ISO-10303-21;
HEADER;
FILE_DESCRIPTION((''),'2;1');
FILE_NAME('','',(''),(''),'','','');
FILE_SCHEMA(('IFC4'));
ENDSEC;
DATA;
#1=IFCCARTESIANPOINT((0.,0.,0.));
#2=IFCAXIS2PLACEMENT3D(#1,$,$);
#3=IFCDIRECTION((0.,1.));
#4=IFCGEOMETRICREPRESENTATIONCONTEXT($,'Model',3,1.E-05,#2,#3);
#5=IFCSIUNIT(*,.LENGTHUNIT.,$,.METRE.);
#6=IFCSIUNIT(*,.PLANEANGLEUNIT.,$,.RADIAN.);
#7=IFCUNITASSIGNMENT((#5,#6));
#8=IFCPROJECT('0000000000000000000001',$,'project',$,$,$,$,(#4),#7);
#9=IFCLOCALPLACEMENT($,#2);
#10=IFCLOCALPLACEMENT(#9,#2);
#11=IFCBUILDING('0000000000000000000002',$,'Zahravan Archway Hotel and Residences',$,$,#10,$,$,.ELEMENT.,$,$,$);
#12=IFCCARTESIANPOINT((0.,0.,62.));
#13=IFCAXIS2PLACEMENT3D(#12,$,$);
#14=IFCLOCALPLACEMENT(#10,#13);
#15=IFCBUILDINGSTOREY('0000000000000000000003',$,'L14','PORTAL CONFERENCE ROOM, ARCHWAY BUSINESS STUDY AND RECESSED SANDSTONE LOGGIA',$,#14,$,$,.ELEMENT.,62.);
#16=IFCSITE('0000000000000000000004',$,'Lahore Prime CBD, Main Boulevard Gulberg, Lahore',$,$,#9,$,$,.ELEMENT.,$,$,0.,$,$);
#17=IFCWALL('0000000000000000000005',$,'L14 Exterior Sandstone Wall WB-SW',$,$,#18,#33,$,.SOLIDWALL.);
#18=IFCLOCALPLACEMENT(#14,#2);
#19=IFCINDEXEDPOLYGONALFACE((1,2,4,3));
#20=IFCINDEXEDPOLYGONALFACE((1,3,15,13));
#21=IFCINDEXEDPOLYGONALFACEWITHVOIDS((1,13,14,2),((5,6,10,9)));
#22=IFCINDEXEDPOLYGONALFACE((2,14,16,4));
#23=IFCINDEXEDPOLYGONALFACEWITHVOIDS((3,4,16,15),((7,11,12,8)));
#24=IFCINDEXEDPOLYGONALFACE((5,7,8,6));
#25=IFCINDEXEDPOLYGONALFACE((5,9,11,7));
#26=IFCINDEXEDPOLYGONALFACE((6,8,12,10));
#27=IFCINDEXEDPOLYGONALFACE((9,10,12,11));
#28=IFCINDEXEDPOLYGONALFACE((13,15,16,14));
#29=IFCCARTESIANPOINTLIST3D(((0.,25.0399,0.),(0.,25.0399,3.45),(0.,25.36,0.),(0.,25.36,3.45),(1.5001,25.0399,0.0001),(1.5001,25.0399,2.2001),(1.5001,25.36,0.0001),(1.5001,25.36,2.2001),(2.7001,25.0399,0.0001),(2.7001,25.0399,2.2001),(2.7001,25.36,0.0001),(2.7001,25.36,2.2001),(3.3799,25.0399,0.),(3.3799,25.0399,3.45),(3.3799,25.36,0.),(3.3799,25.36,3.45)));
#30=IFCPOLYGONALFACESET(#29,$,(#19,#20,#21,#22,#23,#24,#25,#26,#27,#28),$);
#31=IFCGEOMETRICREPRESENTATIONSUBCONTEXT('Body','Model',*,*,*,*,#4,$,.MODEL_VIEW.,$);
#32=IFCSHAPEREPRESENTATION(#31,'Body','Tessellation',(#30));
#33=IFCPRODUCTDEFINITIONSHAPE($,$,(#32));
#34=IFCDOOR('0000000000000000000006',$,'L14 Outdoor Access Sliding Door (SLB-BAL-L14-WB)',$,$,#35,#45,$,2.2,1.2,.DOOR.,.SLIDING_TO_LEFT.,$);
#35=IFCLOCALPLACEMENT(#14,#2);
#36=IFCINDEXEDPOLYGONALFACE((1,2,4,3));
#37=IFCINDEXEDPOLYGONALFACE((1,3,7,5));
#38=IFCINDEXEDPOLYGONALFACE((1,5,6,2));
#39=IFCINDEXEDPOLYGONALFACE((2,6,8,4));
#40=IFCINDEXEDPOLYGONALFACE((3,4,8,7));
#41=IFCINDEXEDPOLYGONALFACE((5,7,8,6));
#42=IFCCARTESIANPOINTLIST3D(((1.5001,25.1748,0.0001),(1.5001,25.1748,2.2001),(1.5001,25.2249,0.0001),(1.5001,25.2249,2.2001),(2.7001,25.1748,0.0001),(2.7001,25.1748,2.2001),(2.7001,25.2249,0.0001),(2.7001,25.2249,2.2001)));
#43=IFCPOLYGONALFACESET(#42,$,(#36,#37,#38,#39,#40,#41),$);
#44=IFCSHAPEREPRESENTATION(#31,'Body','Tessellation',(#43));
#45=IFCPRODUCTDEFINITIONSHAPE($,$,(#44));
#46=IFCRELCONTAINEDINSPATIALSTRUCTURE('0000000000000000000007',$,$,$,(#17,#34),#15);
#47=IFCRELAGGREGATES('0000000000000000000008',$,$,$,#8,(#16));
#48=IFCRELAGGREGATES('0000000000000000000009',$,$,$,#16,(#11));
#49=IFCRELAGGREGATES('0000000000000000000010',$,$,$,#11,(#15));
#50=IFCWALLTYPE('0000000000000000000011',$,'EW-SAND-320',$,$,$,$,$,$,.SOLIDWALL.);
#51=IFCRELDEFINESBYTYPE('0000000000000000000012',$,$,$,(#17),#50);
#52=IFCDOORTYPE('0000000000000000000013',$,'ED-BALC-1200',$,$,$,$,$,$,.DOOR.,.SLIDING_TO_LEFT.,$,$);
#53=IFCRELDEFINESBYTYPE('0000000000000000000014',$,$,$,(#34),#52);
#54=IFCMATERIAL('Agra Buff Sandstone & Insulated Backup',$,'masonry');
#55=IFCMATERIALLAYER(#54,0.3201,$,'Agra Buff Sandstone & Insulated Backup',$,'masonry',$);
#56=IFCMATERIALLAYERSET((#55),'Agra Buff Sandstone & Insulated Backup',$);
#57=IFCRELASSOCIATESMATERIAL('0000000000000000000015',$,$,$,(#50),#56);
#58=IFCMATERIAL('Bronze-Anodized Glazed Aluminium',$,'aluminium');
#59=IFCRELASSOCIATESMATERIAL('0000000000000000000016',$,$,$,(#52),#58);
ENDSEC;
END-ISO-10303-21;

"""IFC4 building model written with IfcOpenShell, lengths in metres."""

from ifc_helpers import new_model, si_unit, direction, frame, frame_2d, origin, place, context, subcontext, project, spatial, rectangle, extrude, source, transform, mapped, material, layer, layer_set, type_object, type_shapes, element, fill, save


model = new_model("IFC4")

# Units and contexts
model_context = context("Model", 3, precision=1e-05, world=origin(), true_north=direction((0.0, 1.0)))
body_context = subcontext(model_context, "Body", "Model", "MODEL_VIEW")
ifc_project = project(units=[si_unit("LENGTHUNIT", "METRE"), si_unit("PLANEANGLEUNIT", "RADIAN")], contexts=[model_context])

# Site, building, storey
site_placement = place(None, origin())
site = spatial("IfcSite", under=ifc_project, at=site_placement, Name="Lahore Prime CBD, Main Boulevard Gulberg, Lahore", CompositionType="ELEMENT", RefElevation=0.0)
building_placement = place(site_placement, origin())
building = spatial("IfcBuilding", under=site, at=building_placement, Name="Zahravan Archway Hotel and Residences", CompositionType="ELEMENT")
storey_placement = place(building_placement, frame((0.0, 0.0, 62.0)))
storey = spatial("IfcBuildingStorey", under=building, at=storey_placement, Name="L14", Description="PORTAL CONFERENCE ROOM, ARCHWAY BUSINESS STUDY AND RECESSED SANDSTONE LOGGIA", CompositionType="ELEMENT", Elevation=62.0)

# Wall, opening, door
ifc_material_1 = material(Name="Agra Buff Sandstone & Insulated Backup", Category="masonry")
ifc_layer_1 = layer(ifc_material_1, 0.3201, Name="Agra Buff Sandstone & Insulated Backup", Category="masonry")
ifc_layer_set_1 = layer_set([ifc_layer_1], Name="Agra Buff Sandstone & Insulated Backup")
wall_type_1 = type_object("IfcWallType", Name="EW-SAND-320", PredefinedType="SOLIDWALL", material=ifc_layer_set_1)
wall_1_placement = place(storey_placement, frame((0.0, 25.2, 0.0), z_axis=(0.0, 0.0, 1.0), x_axis=(1.0, 0.0, 0.0)))
wall_1 = element("IfcWall", 1, at=wall_1_placement, inside=storey, type_object=wall_type_1, Name="L14 Exterior Sandstone Wall WB-SW", PredefinedType="SOLIDWALL", context=body_context, shape_type="SweptSolid", body=[
    extrude(rectangle(XDim=3.3799, YDim=0.3201, at=frame_2d((1.6899, 0.0))), origin(), (0.0, 0.0, 1.0), 3.45),
])
opening_placement = place(wall_1_placement, frame((1.5, 0.0, 0.0)))
opening = element("IfcOpeningElement", 2, at=opening_placement, cuts=wall_1, PredefinedType="OPENING", context=body_context, shape_type="SweptSolid", body=[
    extrude(rectangle(XDim=1.2, YDim=2.2, at=frame_2d((0.6001, 1.1001))), frame((0.0, 0.1699, 0.0), z_axis=(0.0, -1.0, 0.0), x_axis=(1.0, 0.0, 0.0)), (0.0, 0.0, 1.0), 0.3401),
])
ifc_material_2 = material(Name="Bronze-Anodized Glazed Aluminium", Category="aluminium")
door_type = type_object("IfcDoorType", Name="ED-BALC-1200", OperationType="SLIDING_TO_LEFT", PredefinedType="DOOR", material=ifc_material_2)
shared_shape_1 = source(origin(), body_context, "Body", "SweptSolid", [
    extrude(rectangle(XDim=1.2, YDim=2.2, at=frame_2d((0.6001, 1.1001))), frame((0.0, 0.0249, 0.0), z_axis=(0.0, -1.0, 0.0), x_axis=(1.0, 0.0, 0.0)), (0.0, 0.0, 1.0), 0.05),
])
type_shapes(door_type, [shared_shape_1])
door_placement = place(opening_placement, origin())
door = element("IfcDoor", 3, at=door_placement, inside=storey, type_object=door_type, Name="L14 Outdoor Access Sliding Door (SLB-BAL-L14-WB)", OperationType="SLIDING_TO_LEFT", OverallHeight=2.2, OverallWidth=1.2, PredefinedType="DOOR", context=body_context, shape_type="MappedRepresentation", body=[
    mapped(shared_shape_1, transform((0.0, 0.0, 0.0), scale=1.0)),
])
fill(opening, door)

save(model, "model.ifc")
